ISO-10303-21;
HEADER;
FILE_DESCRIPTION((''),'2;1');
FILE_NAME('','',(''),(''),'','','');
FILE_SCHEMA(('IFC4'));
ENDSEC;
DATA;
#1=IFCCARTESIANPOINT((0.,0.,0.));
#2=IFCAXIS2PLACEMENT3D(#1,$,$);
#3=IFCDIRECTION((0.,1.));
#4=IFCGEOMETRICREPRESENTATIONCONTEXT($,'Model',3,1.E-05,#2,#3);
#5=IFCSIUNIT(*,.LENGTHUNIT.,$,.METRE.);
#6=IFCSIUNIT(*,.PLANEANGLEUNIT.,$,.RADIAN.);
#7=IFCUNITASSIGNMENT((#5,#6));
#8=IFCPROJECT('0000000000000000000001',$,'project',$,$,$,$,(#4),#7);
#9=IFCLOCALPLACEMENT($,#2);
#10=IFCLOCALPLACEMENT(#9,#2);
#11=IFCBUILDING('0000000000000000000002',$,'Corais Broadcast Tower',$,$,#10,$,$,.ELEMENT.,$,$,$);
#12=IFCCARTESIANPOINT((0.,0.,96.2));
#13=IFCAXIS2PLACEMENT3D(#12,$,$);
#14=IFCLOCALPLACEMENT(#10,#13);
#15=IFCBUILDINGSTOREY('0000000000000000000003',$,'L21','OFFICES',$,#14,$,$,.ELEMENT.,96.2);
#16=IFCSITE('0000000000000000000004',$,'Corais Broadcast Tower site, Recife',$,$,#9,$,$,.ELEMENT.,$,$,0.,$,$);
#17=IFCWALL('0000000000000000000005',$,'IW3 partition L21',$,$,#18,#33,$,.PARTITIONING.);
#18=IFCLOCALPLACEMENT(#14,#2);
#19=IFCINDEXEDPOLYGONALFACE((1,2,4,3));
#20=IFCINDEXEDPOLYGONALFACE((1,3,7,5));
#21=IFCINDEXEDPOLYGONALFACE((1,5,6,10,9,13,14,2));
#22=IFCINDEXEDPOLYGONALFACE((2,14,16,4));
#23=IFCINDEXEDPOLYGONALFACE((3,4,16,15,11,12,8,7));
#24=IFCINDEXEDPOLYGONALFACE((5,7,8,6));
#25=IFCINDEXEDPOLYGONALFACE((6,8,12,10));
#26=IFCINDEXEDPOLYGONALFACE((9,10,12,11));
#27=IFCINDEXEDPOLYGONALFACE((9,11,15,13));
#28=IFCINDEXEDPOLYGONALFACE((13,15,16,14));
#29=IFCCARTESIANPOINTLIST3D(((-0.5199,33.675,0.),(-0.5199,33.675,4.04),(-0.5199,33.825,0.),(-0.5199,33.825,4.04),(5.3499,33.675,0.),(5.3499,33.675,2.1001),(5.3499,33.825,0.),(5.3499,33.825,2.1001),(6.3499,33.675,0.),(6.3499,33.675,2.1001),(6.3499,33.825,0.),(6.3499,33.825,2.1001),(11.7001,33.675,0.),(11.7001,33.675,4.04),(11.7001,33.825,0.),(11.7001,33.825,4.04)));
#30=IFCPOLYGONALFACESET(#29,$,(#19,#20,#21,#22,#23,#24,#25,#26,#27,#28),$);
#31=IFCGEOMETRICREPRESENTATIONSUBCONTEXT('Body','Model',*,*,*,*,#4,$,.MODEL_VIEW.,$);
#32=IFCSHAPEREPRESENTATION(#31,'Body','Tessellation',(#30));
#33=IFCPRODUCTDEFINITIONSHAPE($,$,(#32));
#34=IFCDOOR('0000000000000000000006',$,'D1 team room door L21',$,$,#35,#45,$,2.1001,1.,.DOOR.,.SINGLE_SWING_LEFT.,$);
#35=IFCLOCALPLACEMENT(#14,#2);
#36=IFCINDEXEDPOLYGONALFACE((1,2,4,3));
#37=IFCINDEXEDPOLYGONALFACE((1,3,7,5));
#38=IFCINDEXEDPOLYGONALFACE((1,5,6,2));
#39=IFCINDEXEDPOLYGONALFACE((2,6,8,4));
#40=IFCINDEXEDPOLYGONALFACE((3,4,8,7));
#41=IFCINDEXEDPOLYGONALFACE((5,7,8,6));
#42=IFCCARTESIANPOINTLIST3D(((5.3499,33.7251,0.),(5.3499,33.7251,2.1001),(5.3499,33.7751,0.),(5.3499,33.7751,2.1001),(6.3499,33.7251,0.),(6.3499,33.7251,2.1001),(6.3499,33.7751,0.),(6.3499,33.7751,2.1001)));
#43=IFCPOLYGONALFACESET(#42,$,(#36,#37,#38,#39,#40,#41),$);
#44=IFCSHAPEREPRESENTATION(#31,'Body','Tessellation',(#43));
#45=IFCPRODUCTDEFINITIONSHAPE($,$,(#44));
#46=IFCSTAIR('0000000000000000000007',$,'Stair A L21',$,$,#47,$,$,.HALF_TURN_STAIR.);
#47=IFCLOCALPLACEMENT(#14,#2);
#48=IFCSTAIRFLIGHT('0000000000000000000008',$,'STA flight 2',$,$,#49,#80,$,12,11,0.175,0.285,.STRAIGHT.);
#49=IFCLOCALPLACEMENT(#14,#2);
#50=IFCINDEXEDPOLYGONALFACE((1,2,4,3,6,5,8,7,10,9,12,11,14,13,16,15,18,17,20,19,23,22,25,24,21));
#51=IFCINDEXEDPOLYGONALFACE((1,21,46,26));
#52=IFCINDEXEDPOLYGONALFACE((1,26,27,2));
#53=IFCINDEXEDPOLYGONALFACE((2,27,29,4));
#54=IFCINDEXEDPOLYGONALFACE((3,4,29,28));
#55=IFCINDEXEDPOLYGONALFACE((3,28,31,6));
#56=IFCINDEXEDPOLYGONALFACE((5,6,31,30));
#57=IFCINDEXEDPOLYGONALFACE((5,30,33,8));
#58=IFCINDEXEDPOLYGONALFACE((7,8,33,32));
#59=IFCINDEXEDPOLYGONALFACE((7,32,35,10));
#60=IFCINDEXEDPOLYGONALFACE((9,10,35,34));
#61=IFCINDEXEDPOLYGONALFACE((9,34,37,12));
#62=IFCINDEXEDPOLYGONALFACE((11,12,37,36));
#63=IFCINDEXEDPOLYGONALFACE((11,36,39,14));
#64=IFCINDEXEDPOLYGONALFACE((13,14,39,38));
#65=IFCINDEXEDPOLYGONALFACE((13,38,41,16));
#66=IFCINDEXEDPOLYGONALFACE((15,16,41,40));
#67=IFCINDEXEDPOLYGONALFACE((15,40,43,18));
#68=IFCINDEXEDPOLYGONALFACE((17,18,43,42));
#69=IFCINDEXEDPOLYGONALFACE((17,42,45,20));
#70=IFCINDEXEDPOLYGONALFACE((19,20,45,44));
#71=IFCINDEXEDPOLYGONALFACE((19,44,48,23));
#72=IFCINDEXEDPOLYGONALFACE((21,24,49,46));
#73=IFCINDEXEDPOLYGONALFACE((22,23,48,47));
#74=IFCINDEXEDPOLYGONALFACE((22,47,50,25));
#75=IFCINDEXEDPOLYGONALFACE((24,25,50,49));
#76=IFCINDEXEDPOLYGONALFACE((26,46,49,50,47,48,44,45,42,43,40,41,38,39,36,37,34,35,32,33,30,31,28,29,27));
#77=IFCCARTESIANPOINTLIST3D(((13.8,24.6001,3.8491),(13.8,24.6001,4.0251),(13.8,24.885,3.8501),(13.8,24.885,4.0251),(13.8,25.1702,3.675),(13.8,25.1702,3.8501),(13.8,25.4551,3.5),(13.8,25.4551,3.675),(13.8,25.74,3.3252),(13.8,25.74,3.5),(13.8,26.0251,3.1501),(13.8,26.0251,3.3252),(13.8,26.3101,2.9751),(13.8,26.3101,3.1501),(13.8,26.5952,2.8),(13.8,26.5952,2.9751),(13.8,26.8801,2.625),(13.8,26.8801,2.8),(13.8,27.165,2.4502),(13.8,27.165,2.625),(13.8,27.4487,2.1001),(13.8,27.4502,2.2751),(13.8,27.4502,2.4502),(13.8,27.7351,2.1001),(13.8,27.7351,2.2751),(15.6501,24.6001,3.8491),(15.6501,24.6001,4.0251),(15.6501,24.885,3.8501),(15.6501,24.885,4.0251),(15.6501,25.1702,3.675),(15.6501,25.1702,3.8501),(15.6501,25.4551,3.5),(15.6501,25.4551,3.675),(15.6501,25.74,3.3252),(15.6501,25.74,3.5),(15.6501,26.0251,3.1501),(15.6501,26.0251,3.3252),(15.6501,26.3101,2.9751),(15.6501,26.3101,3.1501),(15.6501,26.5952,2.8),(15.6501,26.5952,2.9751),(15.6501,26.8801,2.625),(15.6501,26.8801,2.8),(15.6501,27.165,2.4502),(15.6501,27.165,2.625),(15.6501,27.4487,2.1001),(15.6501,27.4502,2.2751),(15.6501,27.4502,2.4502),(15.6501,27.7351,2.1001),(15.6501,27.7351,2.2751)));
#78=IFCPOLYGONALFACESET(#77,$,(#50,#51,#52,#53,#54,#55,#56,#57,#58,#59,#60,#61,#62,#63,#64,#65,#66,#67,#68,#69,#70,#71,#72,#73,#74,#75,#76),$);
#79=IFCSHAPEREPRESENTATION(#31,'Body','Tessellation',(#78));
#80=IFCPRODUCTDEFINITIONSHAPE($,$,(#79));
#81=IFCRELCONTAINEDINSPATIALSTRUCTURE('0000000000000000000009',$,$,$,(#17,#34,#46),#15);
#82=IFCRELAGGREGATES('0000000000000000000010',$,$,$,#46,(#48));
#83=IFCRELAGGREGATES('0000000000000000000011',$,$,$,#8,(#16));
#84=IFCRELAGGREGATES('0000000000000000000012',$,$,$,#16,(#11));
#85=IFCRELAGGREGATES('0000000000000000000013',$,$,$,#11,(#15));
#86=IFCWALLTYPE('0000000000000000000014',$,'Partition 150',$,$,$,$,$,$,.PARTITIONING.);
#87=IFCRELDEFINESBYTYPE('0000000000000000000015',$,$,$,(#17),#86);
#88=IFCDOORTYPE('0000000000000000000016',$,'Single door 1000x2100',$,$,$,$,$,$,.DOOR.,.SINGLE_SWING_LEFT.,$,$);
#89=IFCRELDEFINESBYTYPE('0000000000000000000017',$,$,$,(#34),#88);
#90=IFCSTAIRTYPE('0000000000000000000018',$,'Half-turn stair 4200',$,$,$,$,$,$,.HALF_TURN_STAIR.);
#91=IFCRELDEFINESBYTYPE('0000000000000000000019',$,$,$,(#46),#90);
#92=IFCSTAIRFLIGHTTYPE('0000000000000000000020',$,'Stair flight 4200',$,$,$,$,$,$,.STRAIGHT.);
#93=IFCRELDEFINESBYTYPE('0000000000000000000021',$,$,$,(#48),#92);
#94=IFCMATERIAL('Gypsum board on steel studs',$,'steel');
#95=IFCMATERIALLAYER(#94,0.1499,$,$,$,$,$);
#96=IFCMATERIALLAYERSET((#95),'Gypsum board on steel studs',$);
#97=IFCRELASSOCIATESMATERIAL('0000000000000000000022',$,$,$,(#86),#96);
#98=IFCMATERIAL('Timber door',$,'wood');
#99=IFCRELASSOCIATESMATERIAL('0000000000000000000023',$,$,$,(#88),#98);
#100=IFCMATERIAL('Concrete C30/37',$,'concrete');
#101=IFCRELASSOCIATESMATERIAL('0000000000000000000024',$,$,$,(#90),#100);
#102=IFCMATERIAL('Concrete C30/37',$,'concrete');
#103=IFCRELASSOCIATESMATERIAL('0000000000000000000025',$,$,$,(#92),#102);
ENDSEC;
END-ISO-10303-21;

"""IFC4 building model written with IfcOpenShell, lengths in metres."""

from ifc_helpers import new_model, si_unit, direction, frame, frame_2d, origin, place, context, subcontext, project, spatial, polyline, rectangle, outline, extrude, material, layer, layer_set, type_object, element, fill, aggregate, save


model = new_model("IFC4")

# Units and contexts
model_context = context("Model", 3, precision=1e-05, world=origin(), true_north=direction((0.0, 1.0)))
body_context = subcontext(model_context, "Body", "Model", "MODEL_VIEW")
ifc_project = project(units=[si_unit("LENGTHUNIT", "METRE"), si_unit("PLANEANGLEUNIT", "RADIAN")], contexts=[model_context])

# Site, building, storey
site_placement = place(None, origin())
site = spatial("IfcSite", under=ifc_project, at=site_placement, Name="Corais Broadcast Tower site, Recife", CompositionType="ELEMENT", RefElevation=0.0)
building_placement = place(site_placement, origin())
building = spatial("IfcBuilding", under=site, at=building_placement, Name="Corais Broadcast Tower", CompositionType="ELEMENT")
storey_placement = place(building_placement, frame((0.0, 0.0, 96.2)))
storey = spatial("IfcBuildingStorey", under=building, at=storey_placement, Name="L21", Description="OFFICES", CompositionType="ELEMENT", Elevation=96.2)

# Shared definitions
ifc_material_1 = material(Name="Gypsum board on steel studs", Category="steel")
ifc_layer_1 = layer(ifc_material_1, 0.1499)
ifc_layer_set_1 = layer_set([ifc_layer_1], Name="Gypsum board on steel studs")
wall_type_1 = type_object("IfcWallType", Name="Partition 150", PredefinedType="PARTITIONING", material=ifc_layer_set_1)
ifc_material_2 = material(Name="Timber door", Category="wood")
door_type_1 = type_object("IfcDoorType", Name="Single door 1000x2100", OperationType="SINGLE_SWING_LEFT", PredefinedType="DOOR", material=ifc_material_2)

# Wall, opening, door
wall_1_placement = place(storey_placement, frame((11.7, 33.75, 0.0), z_axis=(0.0, 0.0, 1.0), x_axis=(-1.0, 0.0, 0.0)))
wall_1 = element("IfcWall", 1, at=wall_1_placement, inside=storey, type_object=wall_type_1, Name="IW3 partition L21", PredefinedType="PARTITIONING", context=body_context, shape_type="SweptSolid", body=[
    extrude(rectangle(XDim=12.22, YDim=0.1499, at=frame_2d((6.1099, 0.0))), origin(), (0.0, 0.0, 1.0), 4.04),
])
opening_1_placement = place(wall_1_placement, frame((5.3501, 0.0, 0.0)))
opening_1 = element("IfcOpeningElement", 2, at=opening_1_placement, cuts=wall_1, PredefinedType="OPENING", context=body_context, shape_type="SweptSolid", body=[
    extrude(rectangle(XDim=1.0, YDim=2.1001, at=frame_2d((0.5, 1.05))), frame((0.0, 0.085, 0.0), z_axis=(0.0, -1.0, 0.0), x_axis=(1.0, 0.0, 0.0)), (0.0, 0.0, 1.0), 0.1699),
])
door_1_placement = place(opening_1_placement, origin())
door_1 = element("IfcDoor", 3, at=door_1_placement, inside=storey, type_object=door_type_1, Name="D1 team room door L21", OperationType="SINGLE_SWING_LEFT", OverallHeight=2.1001, OverallWidth=1.0, PredefinedType="DOOR", context=body_context, shape_type="SweptSolid", body=[
    extrude(rectangle(XDim=1.0, YDim=2.1001, at=frame_2d((0.5, 1.05))), frame((0.0, 0.0249, 0.0), z_axis=(0.0, -1.0, 0.0), x_axis=(1.0, 0.0, 0.0)), (0.0, 0.0, 1.0), 0.05),
])
fill(opening_1, door_1)

# Stair, stair flight
ifc_material_3 = material(Name="Concrete C30/37", Category="concrete")
stair_type = type_object("IfcStairType", Name="Half-turn stair 4200", PredefinedType="HALF_TURN_STAIR", material=ifc_material_3)
stair_placement = place(storey_placement, origin())
stair = element("IfcStair", 4, at=stair_placement, inside=storey, type_object=stair_type, Name="Stair A L21", PredefinedType="HALF_TURN_STAIR")
ifc_material_4 = material(Name="Concrete C30/37", Category="concrete")
stair_flight_type = type_object("IfcStairFlightType", Name="Stair flight 4200", PredefinedType="STRAIGHT", material=ifc_material_4)
stair_flight_placement = place(storey_placement, frame((14.7251, 27.7351, 2.1001), z_axis=(0.0, 0.0, 1.0), x_axis=(0.0, -1.0, 0.0)))
stair_flight = element("IfcStairFlight", 5, at=stair_flight_placement, type_object=stair_flight_type, Name="STA flight 2", NumberOfRisers=12, NumberOfTreads=11, PredefinedType="STRAIGHT", RiserHeight=0.175, TreadLength=0.285, context=body_context, shape_type="SweptSolid", body=[
    extrude(outline(polyline([(0.0, 0.0), (0.0, 0.175), (0.2849, 0.175), (0.2849, 0.3501), (0.5701, 0.3501), (0.5701, 0.5249), (0.855, 0.5249), (0.855, 0.7), (1.1399, 0.7), (1.1399, 0.875), (1.425, 0.875), (1.425, 1.05), (1.71, 1.05), (1.71, 1.2251), (1.9951, 1.2251), (1.9951, 1.3999), (2.28, 1.3999), (2.28, 1.575), (2.5649, 1.575), (2.5649, 1.75), (2.8501, 1.75), (2.8501, 1.925), (3.135, 1.925), (3.135, 2.1001), (3.135, 1.749), (0.2864, 0.0), (0.0, 0.0)])), frame((0.0, 0.925, 0.0), z_axis=(0.0, -1.0, 0.0), x_axis=(1.0, 0.0, 0.0)), (0.0, 0.0, 1.0), 1.8501),
])
aggregate(stair, [stair_flight])

save(model, "model.ifc")
